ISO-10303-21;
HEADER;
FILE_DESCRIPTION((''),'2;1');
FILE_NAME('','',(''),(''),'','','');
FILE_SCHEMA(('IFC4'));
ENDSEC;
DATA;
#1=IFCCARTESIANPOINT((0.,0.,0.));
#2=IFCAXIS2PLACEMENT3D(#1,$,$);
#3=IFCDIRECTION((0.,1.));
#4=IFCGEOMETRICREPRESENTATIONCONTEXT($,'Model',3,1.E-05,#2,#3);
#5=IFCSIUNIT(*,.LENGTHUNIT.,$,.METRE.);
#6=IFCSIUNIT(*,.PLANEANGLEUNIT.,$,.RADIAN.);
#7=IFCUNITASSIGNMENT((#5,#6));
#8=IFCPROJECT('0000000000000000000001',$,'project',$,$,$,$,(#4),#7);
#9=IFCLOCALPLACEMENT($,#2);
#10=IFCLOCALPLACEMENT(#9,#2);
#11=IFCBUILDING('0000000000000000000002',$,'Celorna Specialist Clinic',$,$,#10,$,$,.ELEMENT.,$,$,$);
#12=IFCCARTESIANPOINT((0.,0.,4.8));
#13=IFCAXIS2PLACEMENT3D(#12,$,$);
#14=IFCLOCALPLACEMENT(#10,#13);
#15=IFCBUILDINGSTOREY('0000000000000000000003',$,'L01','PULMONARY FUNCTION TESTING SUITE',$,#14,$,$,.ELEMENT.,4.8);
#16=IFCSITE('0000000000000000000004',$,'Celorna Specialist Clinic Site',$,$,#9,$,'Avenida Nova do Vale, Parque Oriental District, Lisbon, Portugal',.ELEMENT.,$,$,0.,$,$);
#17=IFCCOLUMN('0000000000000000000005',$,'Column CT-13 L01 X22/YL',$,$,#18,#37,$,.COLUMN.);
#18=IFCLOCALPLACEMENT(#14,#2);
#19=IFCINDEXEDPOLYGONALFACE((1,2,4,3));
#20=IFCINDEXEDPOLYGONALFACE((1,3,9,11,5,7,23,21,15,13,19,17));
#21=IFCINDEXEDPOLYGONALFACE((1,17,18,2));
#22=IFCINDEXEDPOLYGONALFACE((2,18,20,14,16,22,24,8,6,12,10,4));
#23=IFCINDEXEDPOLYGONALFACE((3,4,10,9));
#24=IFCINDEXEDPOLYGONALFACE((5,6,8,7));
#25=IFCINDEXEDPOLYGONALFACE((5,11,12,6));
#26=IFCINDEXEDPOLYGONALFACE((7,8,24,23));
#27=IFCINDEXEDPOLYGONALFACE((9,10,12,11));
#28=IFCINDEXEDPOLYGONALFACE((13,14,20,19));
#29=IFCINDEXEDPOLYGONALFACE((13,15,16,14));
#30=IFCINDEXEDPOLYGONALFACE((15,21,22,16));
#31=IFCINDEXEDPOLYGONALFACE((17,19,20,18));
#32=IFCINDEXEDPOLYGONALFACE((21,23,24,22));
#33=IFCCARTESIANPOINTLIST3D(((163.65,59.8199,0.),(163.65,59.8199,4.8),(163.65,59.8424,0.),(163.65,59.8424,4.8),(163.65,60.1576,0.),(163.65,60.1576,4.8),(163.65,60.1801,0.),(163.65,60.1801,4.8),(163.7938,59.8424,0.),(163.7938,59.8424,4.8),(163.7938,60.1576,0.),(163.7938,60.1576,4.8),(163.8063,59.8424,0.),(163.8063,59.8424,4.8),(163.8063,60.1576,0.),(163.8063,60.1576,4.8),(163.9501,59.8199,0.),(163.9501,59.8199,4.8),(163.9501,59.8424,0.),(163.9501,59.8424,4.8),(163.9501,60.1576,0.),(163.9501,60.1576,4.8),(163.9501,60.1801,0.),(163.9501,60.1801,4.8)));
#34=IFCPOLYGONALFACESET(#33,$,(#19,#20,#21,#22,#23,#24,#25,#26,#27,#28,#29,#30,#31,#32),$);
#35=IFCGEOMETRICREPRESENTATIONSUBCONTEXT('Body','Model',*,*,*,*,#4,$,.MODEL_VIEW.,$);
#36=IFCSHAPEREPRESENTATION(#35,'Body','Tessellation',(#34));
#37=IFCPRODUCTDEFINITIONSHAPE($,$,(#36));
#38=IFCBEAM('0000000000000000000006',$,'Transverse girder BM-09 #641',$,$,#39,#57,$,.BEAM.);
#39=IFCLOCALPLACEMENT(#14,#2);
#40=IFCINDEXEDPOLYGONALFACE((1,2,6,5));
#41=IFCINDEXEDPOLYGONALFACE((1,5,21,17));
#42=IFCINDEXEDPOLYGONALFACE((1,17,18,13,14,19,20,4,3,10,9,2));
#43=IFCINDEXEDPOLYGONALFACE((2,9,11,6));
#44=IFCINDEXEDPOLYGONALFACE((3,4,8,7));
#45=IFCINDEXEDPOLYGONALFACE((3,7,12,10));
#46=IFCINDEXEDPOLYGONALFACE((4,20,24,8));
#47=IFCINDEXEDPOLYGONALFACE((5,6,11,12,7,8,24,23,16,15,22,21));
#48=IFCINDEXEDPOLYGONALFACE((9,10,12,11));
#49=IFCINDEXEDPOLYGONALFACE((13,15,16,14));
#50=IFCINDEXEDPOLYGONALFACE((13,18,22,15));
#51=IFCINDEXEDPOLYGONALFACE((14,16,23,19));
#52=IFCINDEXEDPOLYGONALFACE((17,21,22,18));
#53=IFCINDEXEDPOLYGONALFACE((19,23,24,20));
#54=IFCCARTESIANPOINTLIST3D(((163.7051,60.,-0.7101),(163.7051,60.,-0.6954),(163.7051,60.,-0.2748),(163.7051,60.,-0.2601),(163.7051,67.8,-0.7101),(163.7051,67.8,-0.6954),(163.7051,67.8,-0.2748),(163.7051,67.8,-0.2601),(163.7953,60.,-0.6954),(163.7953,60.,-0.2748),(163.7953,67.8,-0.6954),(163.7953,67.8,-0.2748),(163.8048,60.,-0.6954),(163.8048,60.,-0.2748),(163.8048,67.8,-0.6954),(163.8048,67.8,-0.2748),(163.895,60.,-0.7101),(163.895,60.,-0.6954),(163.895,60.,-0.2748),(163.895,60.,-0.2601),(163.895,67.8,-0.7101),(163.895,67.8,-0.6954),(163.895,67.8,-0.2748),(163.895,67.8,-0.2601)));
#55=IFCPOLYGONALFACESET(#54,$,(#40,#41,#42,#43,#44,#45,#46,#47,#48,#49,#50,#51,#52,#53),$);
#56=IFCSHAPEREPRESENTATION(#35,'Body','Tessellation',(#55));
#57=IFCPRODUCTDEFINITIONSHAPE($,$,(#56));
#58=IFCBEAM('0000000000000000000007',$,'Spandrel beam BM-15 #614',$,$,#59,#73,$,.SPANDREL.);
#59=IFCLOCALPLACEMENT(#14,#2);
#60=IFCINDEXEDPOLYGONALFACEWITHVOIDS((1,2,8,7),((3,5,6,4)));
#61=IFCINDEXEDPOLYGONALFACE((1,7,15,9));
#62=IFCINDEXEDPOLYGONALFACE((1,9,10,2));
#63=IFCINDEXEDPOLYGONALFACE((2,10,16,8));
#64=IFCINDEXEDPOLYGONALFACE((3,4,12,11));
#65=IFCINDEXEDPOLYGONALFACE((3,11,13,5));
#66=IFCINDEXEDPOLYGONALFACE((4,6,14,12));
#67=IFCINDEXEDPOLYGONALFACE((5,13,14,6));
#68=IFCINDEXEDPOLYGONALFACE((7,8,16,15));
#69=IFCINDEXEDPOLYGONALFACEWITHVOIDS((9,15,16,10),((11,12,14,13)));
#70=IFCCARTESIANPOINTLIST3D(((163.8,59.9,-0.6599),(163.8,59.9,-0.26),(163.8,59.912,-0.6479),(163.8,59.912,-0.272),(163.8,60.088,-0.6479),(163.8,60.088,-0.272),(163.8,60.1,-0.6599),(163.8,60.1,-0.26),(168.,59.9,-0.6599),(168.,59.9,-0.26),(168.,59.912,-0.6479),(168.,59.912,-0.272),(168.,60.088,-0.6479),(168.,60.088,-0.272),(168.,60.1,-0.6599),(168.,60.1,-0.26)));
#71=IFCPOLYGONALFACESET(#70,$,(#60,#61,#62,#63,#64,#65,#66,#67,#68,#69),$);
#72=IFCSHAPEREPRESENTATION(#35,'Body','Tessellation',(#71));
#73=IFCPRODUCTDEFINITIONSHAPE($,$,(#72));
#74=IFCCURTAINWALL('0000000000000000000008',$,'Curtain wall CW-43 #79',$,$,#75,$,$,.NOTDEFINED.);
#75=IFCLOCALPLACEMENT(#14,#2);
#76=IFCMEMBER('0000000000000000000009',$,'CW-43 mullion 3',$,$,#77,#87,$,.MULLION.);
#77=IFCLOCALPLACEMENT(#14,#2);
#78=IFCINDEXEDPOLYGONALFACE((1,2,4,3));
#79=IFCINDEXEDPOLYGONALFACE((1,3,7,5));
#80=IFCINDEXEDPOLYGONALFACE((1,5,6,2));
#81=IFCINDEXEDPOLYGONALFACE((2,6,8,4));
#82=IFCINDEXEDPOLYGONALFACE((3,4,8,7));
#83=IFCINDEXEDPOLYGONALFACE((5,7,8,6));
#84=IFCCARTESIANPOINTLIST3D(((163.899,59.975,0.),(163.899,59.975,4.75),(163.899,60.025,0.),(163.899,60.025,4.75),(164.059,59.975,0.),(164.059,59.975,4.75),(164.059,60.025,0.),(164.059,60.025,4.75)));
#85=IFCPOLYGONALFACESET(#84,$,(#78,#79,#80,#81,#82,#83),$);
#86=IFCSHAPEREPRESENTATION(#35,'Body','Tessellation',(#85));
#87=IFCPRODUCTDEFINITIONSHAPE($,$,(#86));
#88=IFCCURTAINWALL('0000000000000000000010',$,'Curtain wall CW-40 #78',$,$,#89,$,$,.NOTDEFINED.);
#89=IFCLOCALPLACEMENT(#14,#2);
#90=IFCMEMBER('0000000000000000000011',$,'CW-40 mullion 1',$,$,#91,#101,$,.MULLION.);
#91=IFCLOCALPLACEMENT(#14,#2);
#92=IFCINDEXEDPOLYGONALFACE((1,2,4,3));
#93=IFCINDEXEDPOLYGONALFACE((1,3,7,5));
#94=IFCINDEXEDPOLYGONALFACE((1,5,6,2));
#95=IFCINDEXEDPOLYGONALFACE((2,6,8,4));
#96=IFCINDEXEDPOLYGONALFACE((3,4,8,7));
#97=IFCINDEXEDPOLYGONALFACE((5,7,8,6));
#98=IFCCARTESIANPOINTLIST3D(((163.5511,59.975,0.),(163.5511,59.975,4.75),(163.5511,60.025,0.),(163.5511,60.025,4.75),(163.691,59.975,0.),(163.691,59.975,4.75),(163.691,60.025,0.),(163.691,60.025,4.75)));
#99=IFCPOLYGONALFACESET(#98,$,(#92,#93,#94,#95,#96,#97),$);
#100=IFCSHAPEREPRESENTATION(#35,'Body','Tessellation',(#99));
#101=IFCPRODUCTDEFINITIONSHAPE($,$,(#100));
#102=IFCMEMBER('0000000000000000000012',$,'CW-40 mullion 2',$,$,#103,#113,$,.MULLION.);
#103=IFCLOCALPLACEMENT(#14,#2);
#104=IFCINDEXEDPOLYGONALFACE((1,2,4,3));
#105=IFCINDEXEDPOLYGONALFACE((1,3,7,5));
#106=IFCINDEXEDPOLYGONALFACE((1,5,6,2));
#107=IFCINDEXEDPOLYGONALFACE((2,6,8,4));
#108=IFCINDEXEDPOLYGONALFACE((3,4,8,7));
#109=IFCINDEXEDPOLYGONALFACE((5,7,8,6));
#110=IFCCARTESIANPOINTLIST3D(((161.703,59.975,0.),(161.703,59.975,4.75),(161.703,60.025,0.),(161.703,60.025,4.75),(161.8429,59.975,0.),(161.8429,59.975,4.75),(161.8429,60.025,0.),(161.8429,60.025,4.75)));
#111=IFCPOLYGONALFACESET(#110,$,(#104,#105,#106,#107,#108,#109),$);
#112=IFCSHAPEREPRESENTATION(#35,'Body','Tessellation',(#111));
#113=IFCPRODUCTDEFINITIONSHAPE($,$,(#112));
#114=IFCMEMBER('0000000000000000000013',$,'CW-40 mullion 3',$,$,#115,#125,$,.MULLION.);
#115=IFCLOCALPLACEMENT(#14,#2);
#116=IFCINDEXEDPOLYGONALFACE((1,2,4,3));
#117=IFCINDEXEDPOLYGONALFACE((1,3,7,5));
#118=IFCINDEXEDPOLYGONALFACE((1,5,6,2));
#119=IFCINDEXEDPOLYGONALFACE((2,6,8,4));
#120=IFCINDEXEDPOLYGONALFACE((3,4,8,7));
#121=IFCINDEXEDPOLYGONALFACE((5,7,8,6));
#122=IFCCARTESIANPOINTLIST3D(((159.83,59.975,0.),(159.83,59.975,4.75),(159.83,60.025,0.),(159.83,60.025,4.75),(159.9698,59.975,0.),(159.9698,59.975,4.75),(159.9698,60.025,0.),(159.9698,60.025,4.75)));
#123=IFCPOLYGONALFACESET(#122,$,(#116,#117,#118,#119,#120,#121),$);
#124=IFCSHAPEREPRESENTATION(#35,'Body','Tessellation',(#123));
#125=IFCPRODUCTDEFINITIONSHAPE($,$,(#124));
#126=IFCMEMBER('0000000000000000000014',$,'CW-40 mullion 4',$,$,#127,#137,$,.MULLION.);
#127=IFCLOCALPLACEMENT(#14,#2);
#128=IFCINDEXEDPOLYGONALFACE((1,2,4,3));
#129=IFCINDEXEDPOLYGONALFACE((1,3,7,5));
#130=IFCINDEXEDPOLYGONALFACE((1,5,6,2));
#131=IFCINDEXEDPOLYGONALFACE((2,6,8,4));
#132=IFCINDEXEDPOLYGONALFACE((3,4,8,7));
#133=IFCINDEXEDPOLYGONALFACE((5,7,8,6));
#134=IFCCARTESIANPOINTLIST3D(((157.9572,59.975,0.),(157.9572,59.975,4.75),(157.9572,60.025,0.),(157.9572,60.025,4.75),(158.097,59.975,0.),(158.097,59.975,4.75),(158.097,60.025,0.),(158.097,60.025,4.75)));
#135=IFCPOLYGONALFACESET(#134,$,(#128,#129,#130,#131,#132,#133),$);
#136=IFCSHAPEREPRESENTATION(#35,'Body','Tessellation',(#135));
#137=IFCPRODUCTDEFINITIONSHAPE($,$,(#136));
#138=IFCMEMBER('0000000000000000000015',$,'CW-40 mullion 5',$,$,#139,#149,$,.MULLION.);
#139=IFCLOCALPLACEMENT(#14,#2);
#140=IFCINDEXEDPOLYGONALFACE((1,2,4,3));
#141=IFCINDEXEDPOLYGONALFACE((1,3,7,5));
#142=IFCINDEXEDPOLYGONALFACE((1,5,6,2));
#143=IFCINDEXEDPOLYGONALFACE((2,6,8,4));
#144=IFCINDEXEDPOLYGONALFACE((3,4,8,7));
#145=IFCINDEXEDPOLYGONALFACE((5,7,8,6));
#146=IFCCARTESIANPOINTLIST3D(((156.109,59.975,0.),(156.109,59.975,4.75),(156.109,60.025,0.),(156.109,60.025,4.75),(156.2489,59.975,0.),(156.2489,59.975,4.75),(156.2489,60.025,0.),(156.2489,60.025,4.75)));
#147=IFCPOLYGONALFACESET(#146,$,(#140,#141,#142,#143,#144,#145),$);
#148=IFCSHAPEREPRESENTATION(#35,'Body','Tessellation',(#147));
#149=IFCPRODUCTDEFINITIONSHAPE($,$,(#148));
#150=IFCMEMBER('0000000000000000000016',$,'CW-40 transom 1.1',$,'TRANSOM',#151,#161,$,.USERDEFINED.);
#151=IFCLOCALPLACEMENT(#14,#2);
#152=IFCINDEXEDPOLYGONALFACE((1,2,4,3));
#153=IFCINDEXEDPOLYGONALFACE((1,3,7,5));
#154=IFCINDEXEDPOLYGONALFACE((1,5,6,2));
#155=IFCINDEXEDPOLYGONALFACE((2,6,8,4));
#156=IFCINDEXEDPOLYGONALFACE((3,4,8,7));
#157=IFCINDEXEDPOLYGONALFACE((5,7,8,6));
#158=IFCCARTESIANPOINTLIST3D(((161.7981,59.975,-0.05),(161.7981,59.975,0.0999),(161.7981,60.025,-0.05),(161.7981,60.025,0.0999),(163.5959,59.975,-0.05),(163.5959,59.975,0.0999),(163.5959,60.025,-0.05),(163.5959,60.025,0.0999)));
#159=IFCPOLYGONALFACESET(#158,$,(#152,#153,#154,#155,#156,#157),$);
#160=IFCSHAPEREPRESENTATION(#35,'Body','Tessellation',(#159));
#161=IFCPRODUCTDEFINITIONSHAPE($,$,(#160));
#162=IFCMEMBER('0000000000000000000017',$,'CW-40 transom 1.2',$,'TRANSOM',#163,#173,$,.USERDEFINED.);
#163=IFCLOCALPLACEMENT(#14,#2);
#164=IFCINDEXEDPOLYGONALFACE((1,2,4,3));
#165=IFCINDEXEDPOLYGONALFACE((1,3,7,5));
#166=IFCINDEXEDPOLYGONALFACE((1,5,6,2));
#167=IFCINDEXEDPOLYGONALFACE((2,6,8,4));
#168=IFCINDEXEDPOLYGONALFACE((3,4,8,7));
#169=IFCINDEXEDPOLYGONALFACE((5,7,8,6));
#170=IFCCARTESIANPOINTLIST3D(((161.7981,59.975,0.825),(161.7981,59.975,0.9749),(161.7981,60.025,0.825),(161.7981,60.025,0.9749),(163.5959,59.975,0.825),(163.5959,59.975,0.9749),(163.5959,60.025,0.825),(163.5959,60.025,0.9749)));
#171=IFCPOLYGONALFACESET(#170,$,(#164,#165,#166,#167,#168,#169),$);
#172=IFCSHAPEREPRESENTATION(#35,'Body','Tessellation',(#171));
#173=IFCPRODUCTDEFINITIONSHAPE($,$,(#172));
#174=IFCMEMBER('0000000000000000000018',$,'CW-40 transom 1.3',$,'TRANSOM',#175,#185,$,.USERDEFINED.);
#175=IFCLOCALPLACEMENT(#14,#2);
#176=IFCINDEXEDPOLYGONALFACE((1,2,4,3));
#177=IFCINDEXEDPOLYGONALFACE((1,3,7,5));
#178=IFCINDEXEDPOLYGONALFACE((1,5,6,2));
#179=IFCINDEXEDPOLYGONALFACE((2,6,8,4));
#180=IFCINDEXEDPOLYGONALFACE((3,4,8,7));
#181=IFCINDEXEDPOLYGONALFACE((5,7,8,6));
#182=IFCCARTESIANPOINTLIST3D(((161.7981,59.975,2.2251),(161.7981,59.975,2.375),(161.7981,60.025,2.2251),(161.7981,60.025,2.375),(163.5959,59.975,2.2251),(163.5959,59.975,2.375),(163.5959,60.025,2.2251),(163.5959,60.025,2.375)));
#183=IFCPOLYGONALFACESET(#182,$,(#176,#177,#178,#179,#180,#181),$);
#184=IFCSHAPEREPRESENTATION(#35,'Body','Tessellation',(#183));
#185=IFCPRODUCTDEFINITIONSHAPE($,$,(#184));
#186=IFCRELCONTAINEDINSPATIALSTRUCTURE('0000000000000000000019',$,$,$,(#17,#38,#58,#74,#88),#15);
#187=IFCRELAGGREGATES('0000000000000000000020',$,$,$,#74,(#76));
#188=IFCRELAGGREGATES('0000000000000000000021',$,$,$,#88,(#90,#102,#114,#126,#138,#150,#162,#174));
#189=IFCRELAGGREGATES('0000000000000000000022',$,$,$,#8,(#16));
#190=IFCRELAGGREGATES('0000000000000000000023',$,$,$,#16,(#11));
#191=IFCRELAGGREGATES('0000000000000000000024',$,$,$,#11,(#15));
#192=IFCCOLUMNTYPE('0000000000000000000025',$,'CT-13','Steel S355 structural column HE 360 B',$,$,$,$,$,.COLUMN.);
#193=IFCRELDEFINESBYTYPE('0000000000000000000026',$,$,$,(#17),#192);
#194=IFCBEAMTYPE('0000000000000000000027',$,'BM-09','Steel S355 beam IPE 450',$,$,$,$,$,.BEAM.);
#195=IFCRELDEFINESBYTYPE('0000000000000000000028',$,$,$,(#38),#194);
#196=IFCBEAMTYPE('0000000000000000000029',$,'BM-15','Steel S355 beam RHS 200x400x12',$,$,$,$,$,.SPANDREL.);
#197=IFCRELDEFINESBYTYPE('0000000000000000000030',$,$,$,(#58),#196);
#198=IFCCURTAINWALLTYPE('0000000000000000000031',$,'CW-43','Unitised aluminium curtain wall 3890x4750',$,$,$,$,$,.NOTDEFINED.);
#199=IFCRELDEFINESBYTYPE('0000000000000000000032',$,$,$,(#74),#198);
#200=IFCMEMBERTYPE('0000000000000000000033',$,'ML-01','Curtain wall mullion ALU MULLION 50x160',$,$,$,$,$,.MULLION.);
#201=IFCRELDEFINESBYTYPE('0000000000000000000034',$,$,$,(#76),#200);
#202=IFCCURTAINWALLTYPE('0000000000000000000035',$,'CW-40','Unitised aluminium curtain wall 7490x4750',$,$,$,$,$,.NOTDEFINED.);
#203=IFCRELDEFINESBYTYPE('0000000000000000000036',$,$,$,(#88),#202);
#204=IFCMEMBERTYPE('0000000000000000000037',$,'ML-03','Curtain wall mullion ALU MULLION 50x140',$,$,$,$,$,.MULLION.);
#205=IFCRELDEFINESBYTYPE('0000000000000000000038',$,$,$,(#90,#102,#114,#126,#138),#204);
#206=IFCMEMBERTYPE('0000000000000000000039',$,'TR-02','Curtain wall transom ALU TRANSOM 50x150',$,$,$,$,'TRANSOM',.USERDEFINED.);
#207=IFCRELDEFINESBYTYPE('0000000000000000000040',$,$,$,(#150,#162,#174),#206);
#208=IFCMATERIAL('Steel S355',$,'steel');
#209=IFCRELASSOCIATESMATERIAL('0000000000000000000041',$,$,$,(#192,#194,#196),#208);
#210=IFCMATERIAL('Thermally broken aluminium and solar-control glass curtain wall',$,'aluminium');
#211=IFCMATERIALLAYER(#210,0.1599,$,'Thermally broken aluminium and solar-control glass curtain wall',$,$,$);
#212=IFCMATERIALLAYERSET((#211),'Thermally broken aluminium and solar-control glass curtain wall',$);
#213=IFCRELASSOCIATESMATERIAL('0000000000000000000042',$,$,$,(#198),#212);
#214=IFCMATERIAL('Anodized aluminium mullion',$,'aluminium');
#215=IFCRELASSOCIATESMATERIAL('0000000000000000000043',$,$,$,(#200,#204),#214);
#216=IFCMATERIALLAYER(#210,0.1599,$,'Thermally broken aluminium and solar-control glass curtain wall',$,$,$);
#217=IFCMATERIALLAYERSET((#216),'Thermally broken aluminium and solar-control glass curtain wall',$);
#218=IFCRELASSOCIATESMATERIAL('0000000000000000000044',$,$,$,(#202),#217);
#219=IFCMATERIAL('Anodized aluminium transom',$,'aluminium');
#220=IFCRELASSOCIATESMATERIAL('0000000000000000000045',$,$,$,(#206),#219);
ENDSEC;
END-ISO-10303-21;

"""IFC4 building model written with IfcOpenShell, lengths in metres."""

from ifc_helpers import new_model, si_unit, direction, frame, origin, origin_2d, place, context, subcontext, project, spatial, rectangle, hollow_rectangle, i_section, extrude, material, layer, layer_set, material_profile, profile_set, type_object, element, aggregate, save


model = new_model("IFC4")

# Units and contexts
model_context = context("Model", 3, precision=1e-05, world=origin(), true_north=direction((0.0, 1.0)))
body_context = subcontext(model_context, "Body", "Model", "MODEL_VIEW")
ifc_project = project(units=[si_unit("LENGTHUNIT", "METRE"), si_unit("PLANEANGLEUNIT", "RADIAN")], contexts=[model_context])

# Site, building, storey
site_placement = place(None, origin())
site = spatial("IfcSite", under=ifc_project, at=site_placement, Name="Celorna Specialist Clinic Site", LongName="Avenida Nova do Vale, Parque Oriental District, Lisbon, Portugal", CompositionType="ELEMENT", RefElevation=0.0)
building_placement = place(site_placement, origin())
building = spatial("IfcBuilding", under=site, at=building_placement, Name="Celorna Specialist Clinic", CompositionType="ELEMENT")
storey_placement = place(building_placement, frame((0.0, 0.0, 4.8)))
storey = spatial("IfcBuildingStorey", under=building, at=storey_placement, Name="L01", Description="PULMONARY FUNCTION TESTING SUITE", CompositionType="ELEMENT", Elevation=4.8)

# Column
ifc_material_1 = material(Name="Steel S355", Category="steel")
ifc_material_profile_1 = material_profile(ifc_material_1, i_section(OverallWidth=0.3, OverallDepth=0.3601, WebThickness=0.0125, FlangeThickness=0.0225, at=origin_2d()), Name="HE 360 B")
ifc_profile_set_1 = profile_set([ifc_material_profile_1], Name="Steel S355")
column_type = type_object("IfcColumnType", Name="CT-13", Description="Steel S355 structural column HE 360 B", PredefinedType="COLUMN", material=ifc_profile_set_1)
column_placement = place(storey_placement, frame((163.8, 60.0, 0.0), z_axis=(0.0, 0.0, 1.0), x_axis=(1.0, 0.0, 0.0)))
element("IfcColumn", 1, at=column_placement, inside=storey, type_object=column_type, Name="Column CT-13 L01 X22/YL", PredefinedType="COLUMN", context=body_context, shape_type="SweptSolid", body=[
    extrude(i_section(OverallWidth=0.3, OverallDepth=0.3601, WebThickness=0.0125, FlangeThickness=0.0225, at=origin_2d()), origin(), (0.0, 0.0, 1.0), 4.8),
])

# Beams
ifc_material_profile_2 = material_profile(ifc_material_1, i_section(OverallWidth=0.1899, OverallDepth=0.45, WebThickness=0.0095, FlangeThickness=0.0146, at=origin_2d()), Name="IPE 450")
ifc_profile_set_2 = profile_set([ifc_material_profile_2], Name="Steel S355")
beam_type_1 = type_object("IfcBeamType", Name="BM-09", Description="Steel S355 beam IPE 450", PredefinedType="BEAM", material=ifc_profile_set_2)
beam_1_placement = place(storey_placement, frame((163.8, 60.0, -0.4851), z_axis=(0.0, 1.0, 0.0), x_axis=(-1.0, 0.0, 0.0)))
element("IfcBeam", 2, at=beam_1_placement, inside=storey, type_object=beam_type_1, Name="Transverse girder BM-09 #641", PredefinedType="BEAM", context=body_context, shape_type="SweptSolid", body=[
    extrude(i_section(OverallWidth=0.1899, OverallDepth=0.45, WebThickness=0.0095, FlangeThickness=0.0146, at=origin_2d()), origin(), (0.0, 0.0, 1.0), 7.8),
])
ifc_material_profile_3 = material_profile(ifc_material_1, hollow_rectangle(XDim=0.2, YDim=0.3999, WallThickness=0.012, at=origin_2d()), Name="RHS 200x400x12")
ifc_profile_set_3 = profile_set([ifc_material_profile_3], Name="Steel S355")
beam_type_2 = type_object("IfcBeamType", Name="BM-15", Description="Steel S355 beam RHS 200x400x12", PredefinedType="SPANDREL", material=ifc_profile_set_3)
beam_2_placement = place(storey_placement, frame((163.8, 60.0, -0.46), z_axis=(1.0, 0.0, 0.0), x_axis=(0.0, 1.0, 0.0)))
element("IfcBeam", 3, at=beam_2_placement, inside=storey, type_object=beam_type_2, Name="Spandrel beam BM-15 #614", PredefinedType="SPANDREL", context=body_context, shape_type="SweptSolid", body=[
    extrude(hollow_rectangle(XDim=0.2, YDim=0.3999, WallThickness=0.012, at=origin_2d()), origin(), (0.0, 0.0, 1.0), 4.2),
])

# Curtain wall, member
ifc_material_2 = material(Name="Thermally broken aluminium and solar-control glass curtain wall", Category="aluminium")
ifc_layer_1 = layer(ifc_material_2, 0.1599, Name="Thermally broken aluminium and solar-control glass curtain wall")
ifc_layer_set_1 = layer_set([ifc_layer_1], Name="Thermally broken aluminium and solar-control glass curtain wall")
curtain_wall_type_1 = type_object("IfcCurtainWallType", Name="CW-43", Description="Unitised aluminium curtain wall 3890x4750", PredefinedType="NOTDEFINED", material=ifc_layer_set_1)
curtain_wall_1_placement = place(storey_placement, origin())
curtain_wall_1 = element("IfcCurtainWall", 4, at=curtain_wall_1_placement, inside=storey, type_object=curtain_wall_type_1, Name="Curtain wall CW-43 #79", PredefinedType="NOTDEFINED")
ifc_material_3 = material(Name="Anodized aluminium mullion", Category="aluminium")
ifc_material_profile_4 = material_profile(ifc_material_3, rectangle(XDim=0.05, YDim=0.1599, at=origin_2d()), Name="ALU MULLION 50x160")
ifc_profile_set_4 = profile_set([ifc_material_profile_4], Name="Anodized aluminium mullion")
member_type_1 = type_object("IfcMemberType", Name="ML-01", Description="Curtain wall mullion ALU MULLION 50x160", PredefinedType="MULLION", material=ifc_profile_set_4)
member_1_placement = place(storey_placement, frame((163.979, 60.0, 0.0), z_axis=(0.0, 0.0, 1.0), x_axis=(0.0, -1.0, 0.0)))
member_1 = element("IfcMember", 5, at=member_1_placement, type_object=member_type_1, Name="CW-43 mullion 3", PredefinedType="MULLION", context=body_context, shape_type="SweptSolid", body=[
    extrude(rectangle(XDim=0.05, YDim=0.1599, at=origin_2d()), origin(), (0.0, 0.0, 1.0), 4.75),
])

# Curtain wall, members
ifc_layer_2 = layer(ifc_material_2, 0.1599, Name="Thermally broken aluminium and solar-control glass curtain wall")
ifc_layer_set_2 = layer_set([ifc_layer_2], Name="Thermally broken aluminium and solar-control glass curtain wall")
curtain_wall_type_2 = type_object("IfcCurtainWallType", Name="CW-40", Description="Unitised aluminium curtain wall 7490x4750", PredefinedType="NOTDEFINED", material=ifc_layer_set_2)
curtain_wall_2_placement = place(storey_placement, origin())
curtain_wall_2 = element("IfcCurtainWall", 6, at=curtain_wall_2_placement, inside=storey, type_object=curtain_wall_type_2, Name="Curtain wall CW-40 #78", PredefinedType="NOTDEFINED")
ifc_material_profile_5 = material_profile(ifc_material_3, rectangle(XDim=0.05, YDim=0.1399, at=origin_2d()), Name="ALU MULLION 50x140")
ifc_profile_set_5 = profile_set([ifc_material_profile_5], Name="Anodized aluminium mullion")
member_type_2 = type_object("IfcMemberType", Name="ML-03", Description="Curtain wall mullion ALU MULLION 50x140", PredefinedType="MULLION", material=ifc_profile_set_5)
member_2_placement = place(storey_placement, frame((163.6211, 60.0, 0.0), z_axis=(0.0, 0.0, 1.0), x_axis=(0.0, -1.0, 0.0)))
member_2 = element("IfcMember", 7, at=member_2_placement, type_object=member_type_2, Name="CW-40 mullion 1", PredefinedType="MULLION", context=body_context, shape_type="SweptSolid", body=[
    extrude(rectangle(XDim=0.05, YDim=0.1399, at=origin_2d()), origin(), (0.0, 0.0, 1.0), 4.75),
])
member_3_placement = place(storey_placement, frame((161.7729, 60.0, 0.0), z_axis=(0.0, 0.0, 1.0), x_axis=(0.0, -1.0, 0.0)))
member_3 = element("IfcMember", 8, at=member_3_placement, type_object=member_type_2, Name="CW-40 mullion 2", PredefinedType="MULLION", context=body_context, shape_type="SweptSolid", body=[
    extrude(rectangle(XDim=0.05, YDim=0.1399, at=origin_2d()), origin(), (0.0, 0.0, 1.0), 4.75),
])
member_4_placement = place(storey_placement, frame((159.8999, 60.0, 0.0), z_axis=(0.0, 0.0, 1.0), x_axis=(0.0, -1.0, 0.0)))
member_4 = element("IfcMember", 9, at=member_4_placement, type_object=member_type_2, Name="CW-40 mullion 3", PredefinedType="MULLION", context=body_context, shape_type="SweptSolid", body=[
    extrude(rectangle(XDim=0.05, YDim=0.1399, at=origin_2d()), origin(), (0.0, 0.0, 1.0), 4.75),
])
member_5_placement = place(storey_placement, frame((158.0271, 60.0, 0.0), z_axis=(0.0, 0.0, 1.0), x_axis=(0.0, -1.0, 0.0)))
member_5 = element("IfcMember", 10, at=member_5_placement, type_object=member_type_2, Name="CW-40 mullion 4", PredefinedType="MULLION", context=body_context, shape_type="SweptSolid", body=[
    extrude(rectangle(XDim=0.05, YDim=0.1399, at=origin_2d()), origin(), (0.0, 0.0, 1.0), 4.75),
])
member_6_placement = place(storey_placement, frame((156.179, 60.0, 0.0), z_axis=(0.0, 0.0, 1.0), x_axis=(0.0, -1.0, 0.0)))
member_6 = element("IfcMember", 11, at=member_6_placement, type_object=member_type_2, Name="CW-40 mullion 5", PredefinedType="MULLION", context=body_context, shape_type="SweptSolid", body=[
    extrude(rectangle(XDim=0.05, YDim=0.1399, at=origin_2d()), origin(), (0.0, 0.0, 1.0), 4.75),
])
ifc_material_4 = material(Name="Anodized aluminium transom", Category="aluminium")
ifc_material_profile_6 = material_profile(ifc_material_4, rectangle(XDim=0.05, YDim=0.1499, at=origin_2d()), Name="ALU TRANSOM 50x150")
ifc_profile_set_6 = profile_set([ifc_material_profile_6], Name="Anodized aluminium transom")
member_type_3 = type_object("IfcMemberType", Name="TR-02", Description="Curtain wall transom ALU TRANSOM 50x150", ElementType="TRANSOM", PredefinedType="USERDEFINED", material=ifc_profile_set_6)
member_7_placement = place(storey_placement, frame((163.5959, 60.0, 0.0249), z_axis=(-1.0, 0.0, 0.0), x_axis=(0.0, -1.0, 0.0)))
member_7 = element("IfcMember", 12, at=member_7_placement, type_object=member_type_3, Name="CW-40 transom 1.1", ObjectType="TRANSOM", PredefinedType="USERDEFINED", context=body_context, shape_type="SweptSolid", body=[
    extrude(rectangle(XDim=0.05, YDim=0.1499, at=origin_2d()), origin(), (0.0, 0.0, 1.0), 1.7979),
])
member_8_placement = place(storey_placement, frame((163.5959, 60.0, 0.8999), z_axis=(-1.0, 0.0, 0.0), x_axis=(0.0, -1.0, 0.0)))
member_8 = element("IfcMember", 13, at=member_8_placement, type_object=member_type_3, Name="CW-40 transom 1.2", ObjectType="TRANSOM", PredefinedType="USERDEFINED", context=body_context, shape_type="SweptSolid", body=[
    extrude(rectangle(XDim=0.05, YDim=0.1499, at=origin_2d()), origin(), (0.0, 0.0, 1.0), 1.7979),
])
member_9_placement = place(storey_placement, frame((163.5959, 60.0, 2.3), z_axis=(-1.0, 0.0, 0.0), x_axis=(0.0, -1.0, 0.0)))
member_9 = element("IfcMember", 14, at=member_9_placement, type_object=member_type_3, Name="CW-40 transom 1.3", ObjectType="TRANSOM", PredefinedType="USERDEFINED", context=body_context, shape_type="SweptSolid", body=[
    extrude(rectangle(XDim=0.05, YDim=0.1499, at=origin_2d()), origin(), (0.0, 0.0, 1.0), 1.7979),
])

aggregate(curtain_wall_1, [member_1])
aggregate(curtain_wall_2, [member_2, member_3, member_4, member_5, member_6, member_7, member_8, member_9])

save(model, "model.ifc")
